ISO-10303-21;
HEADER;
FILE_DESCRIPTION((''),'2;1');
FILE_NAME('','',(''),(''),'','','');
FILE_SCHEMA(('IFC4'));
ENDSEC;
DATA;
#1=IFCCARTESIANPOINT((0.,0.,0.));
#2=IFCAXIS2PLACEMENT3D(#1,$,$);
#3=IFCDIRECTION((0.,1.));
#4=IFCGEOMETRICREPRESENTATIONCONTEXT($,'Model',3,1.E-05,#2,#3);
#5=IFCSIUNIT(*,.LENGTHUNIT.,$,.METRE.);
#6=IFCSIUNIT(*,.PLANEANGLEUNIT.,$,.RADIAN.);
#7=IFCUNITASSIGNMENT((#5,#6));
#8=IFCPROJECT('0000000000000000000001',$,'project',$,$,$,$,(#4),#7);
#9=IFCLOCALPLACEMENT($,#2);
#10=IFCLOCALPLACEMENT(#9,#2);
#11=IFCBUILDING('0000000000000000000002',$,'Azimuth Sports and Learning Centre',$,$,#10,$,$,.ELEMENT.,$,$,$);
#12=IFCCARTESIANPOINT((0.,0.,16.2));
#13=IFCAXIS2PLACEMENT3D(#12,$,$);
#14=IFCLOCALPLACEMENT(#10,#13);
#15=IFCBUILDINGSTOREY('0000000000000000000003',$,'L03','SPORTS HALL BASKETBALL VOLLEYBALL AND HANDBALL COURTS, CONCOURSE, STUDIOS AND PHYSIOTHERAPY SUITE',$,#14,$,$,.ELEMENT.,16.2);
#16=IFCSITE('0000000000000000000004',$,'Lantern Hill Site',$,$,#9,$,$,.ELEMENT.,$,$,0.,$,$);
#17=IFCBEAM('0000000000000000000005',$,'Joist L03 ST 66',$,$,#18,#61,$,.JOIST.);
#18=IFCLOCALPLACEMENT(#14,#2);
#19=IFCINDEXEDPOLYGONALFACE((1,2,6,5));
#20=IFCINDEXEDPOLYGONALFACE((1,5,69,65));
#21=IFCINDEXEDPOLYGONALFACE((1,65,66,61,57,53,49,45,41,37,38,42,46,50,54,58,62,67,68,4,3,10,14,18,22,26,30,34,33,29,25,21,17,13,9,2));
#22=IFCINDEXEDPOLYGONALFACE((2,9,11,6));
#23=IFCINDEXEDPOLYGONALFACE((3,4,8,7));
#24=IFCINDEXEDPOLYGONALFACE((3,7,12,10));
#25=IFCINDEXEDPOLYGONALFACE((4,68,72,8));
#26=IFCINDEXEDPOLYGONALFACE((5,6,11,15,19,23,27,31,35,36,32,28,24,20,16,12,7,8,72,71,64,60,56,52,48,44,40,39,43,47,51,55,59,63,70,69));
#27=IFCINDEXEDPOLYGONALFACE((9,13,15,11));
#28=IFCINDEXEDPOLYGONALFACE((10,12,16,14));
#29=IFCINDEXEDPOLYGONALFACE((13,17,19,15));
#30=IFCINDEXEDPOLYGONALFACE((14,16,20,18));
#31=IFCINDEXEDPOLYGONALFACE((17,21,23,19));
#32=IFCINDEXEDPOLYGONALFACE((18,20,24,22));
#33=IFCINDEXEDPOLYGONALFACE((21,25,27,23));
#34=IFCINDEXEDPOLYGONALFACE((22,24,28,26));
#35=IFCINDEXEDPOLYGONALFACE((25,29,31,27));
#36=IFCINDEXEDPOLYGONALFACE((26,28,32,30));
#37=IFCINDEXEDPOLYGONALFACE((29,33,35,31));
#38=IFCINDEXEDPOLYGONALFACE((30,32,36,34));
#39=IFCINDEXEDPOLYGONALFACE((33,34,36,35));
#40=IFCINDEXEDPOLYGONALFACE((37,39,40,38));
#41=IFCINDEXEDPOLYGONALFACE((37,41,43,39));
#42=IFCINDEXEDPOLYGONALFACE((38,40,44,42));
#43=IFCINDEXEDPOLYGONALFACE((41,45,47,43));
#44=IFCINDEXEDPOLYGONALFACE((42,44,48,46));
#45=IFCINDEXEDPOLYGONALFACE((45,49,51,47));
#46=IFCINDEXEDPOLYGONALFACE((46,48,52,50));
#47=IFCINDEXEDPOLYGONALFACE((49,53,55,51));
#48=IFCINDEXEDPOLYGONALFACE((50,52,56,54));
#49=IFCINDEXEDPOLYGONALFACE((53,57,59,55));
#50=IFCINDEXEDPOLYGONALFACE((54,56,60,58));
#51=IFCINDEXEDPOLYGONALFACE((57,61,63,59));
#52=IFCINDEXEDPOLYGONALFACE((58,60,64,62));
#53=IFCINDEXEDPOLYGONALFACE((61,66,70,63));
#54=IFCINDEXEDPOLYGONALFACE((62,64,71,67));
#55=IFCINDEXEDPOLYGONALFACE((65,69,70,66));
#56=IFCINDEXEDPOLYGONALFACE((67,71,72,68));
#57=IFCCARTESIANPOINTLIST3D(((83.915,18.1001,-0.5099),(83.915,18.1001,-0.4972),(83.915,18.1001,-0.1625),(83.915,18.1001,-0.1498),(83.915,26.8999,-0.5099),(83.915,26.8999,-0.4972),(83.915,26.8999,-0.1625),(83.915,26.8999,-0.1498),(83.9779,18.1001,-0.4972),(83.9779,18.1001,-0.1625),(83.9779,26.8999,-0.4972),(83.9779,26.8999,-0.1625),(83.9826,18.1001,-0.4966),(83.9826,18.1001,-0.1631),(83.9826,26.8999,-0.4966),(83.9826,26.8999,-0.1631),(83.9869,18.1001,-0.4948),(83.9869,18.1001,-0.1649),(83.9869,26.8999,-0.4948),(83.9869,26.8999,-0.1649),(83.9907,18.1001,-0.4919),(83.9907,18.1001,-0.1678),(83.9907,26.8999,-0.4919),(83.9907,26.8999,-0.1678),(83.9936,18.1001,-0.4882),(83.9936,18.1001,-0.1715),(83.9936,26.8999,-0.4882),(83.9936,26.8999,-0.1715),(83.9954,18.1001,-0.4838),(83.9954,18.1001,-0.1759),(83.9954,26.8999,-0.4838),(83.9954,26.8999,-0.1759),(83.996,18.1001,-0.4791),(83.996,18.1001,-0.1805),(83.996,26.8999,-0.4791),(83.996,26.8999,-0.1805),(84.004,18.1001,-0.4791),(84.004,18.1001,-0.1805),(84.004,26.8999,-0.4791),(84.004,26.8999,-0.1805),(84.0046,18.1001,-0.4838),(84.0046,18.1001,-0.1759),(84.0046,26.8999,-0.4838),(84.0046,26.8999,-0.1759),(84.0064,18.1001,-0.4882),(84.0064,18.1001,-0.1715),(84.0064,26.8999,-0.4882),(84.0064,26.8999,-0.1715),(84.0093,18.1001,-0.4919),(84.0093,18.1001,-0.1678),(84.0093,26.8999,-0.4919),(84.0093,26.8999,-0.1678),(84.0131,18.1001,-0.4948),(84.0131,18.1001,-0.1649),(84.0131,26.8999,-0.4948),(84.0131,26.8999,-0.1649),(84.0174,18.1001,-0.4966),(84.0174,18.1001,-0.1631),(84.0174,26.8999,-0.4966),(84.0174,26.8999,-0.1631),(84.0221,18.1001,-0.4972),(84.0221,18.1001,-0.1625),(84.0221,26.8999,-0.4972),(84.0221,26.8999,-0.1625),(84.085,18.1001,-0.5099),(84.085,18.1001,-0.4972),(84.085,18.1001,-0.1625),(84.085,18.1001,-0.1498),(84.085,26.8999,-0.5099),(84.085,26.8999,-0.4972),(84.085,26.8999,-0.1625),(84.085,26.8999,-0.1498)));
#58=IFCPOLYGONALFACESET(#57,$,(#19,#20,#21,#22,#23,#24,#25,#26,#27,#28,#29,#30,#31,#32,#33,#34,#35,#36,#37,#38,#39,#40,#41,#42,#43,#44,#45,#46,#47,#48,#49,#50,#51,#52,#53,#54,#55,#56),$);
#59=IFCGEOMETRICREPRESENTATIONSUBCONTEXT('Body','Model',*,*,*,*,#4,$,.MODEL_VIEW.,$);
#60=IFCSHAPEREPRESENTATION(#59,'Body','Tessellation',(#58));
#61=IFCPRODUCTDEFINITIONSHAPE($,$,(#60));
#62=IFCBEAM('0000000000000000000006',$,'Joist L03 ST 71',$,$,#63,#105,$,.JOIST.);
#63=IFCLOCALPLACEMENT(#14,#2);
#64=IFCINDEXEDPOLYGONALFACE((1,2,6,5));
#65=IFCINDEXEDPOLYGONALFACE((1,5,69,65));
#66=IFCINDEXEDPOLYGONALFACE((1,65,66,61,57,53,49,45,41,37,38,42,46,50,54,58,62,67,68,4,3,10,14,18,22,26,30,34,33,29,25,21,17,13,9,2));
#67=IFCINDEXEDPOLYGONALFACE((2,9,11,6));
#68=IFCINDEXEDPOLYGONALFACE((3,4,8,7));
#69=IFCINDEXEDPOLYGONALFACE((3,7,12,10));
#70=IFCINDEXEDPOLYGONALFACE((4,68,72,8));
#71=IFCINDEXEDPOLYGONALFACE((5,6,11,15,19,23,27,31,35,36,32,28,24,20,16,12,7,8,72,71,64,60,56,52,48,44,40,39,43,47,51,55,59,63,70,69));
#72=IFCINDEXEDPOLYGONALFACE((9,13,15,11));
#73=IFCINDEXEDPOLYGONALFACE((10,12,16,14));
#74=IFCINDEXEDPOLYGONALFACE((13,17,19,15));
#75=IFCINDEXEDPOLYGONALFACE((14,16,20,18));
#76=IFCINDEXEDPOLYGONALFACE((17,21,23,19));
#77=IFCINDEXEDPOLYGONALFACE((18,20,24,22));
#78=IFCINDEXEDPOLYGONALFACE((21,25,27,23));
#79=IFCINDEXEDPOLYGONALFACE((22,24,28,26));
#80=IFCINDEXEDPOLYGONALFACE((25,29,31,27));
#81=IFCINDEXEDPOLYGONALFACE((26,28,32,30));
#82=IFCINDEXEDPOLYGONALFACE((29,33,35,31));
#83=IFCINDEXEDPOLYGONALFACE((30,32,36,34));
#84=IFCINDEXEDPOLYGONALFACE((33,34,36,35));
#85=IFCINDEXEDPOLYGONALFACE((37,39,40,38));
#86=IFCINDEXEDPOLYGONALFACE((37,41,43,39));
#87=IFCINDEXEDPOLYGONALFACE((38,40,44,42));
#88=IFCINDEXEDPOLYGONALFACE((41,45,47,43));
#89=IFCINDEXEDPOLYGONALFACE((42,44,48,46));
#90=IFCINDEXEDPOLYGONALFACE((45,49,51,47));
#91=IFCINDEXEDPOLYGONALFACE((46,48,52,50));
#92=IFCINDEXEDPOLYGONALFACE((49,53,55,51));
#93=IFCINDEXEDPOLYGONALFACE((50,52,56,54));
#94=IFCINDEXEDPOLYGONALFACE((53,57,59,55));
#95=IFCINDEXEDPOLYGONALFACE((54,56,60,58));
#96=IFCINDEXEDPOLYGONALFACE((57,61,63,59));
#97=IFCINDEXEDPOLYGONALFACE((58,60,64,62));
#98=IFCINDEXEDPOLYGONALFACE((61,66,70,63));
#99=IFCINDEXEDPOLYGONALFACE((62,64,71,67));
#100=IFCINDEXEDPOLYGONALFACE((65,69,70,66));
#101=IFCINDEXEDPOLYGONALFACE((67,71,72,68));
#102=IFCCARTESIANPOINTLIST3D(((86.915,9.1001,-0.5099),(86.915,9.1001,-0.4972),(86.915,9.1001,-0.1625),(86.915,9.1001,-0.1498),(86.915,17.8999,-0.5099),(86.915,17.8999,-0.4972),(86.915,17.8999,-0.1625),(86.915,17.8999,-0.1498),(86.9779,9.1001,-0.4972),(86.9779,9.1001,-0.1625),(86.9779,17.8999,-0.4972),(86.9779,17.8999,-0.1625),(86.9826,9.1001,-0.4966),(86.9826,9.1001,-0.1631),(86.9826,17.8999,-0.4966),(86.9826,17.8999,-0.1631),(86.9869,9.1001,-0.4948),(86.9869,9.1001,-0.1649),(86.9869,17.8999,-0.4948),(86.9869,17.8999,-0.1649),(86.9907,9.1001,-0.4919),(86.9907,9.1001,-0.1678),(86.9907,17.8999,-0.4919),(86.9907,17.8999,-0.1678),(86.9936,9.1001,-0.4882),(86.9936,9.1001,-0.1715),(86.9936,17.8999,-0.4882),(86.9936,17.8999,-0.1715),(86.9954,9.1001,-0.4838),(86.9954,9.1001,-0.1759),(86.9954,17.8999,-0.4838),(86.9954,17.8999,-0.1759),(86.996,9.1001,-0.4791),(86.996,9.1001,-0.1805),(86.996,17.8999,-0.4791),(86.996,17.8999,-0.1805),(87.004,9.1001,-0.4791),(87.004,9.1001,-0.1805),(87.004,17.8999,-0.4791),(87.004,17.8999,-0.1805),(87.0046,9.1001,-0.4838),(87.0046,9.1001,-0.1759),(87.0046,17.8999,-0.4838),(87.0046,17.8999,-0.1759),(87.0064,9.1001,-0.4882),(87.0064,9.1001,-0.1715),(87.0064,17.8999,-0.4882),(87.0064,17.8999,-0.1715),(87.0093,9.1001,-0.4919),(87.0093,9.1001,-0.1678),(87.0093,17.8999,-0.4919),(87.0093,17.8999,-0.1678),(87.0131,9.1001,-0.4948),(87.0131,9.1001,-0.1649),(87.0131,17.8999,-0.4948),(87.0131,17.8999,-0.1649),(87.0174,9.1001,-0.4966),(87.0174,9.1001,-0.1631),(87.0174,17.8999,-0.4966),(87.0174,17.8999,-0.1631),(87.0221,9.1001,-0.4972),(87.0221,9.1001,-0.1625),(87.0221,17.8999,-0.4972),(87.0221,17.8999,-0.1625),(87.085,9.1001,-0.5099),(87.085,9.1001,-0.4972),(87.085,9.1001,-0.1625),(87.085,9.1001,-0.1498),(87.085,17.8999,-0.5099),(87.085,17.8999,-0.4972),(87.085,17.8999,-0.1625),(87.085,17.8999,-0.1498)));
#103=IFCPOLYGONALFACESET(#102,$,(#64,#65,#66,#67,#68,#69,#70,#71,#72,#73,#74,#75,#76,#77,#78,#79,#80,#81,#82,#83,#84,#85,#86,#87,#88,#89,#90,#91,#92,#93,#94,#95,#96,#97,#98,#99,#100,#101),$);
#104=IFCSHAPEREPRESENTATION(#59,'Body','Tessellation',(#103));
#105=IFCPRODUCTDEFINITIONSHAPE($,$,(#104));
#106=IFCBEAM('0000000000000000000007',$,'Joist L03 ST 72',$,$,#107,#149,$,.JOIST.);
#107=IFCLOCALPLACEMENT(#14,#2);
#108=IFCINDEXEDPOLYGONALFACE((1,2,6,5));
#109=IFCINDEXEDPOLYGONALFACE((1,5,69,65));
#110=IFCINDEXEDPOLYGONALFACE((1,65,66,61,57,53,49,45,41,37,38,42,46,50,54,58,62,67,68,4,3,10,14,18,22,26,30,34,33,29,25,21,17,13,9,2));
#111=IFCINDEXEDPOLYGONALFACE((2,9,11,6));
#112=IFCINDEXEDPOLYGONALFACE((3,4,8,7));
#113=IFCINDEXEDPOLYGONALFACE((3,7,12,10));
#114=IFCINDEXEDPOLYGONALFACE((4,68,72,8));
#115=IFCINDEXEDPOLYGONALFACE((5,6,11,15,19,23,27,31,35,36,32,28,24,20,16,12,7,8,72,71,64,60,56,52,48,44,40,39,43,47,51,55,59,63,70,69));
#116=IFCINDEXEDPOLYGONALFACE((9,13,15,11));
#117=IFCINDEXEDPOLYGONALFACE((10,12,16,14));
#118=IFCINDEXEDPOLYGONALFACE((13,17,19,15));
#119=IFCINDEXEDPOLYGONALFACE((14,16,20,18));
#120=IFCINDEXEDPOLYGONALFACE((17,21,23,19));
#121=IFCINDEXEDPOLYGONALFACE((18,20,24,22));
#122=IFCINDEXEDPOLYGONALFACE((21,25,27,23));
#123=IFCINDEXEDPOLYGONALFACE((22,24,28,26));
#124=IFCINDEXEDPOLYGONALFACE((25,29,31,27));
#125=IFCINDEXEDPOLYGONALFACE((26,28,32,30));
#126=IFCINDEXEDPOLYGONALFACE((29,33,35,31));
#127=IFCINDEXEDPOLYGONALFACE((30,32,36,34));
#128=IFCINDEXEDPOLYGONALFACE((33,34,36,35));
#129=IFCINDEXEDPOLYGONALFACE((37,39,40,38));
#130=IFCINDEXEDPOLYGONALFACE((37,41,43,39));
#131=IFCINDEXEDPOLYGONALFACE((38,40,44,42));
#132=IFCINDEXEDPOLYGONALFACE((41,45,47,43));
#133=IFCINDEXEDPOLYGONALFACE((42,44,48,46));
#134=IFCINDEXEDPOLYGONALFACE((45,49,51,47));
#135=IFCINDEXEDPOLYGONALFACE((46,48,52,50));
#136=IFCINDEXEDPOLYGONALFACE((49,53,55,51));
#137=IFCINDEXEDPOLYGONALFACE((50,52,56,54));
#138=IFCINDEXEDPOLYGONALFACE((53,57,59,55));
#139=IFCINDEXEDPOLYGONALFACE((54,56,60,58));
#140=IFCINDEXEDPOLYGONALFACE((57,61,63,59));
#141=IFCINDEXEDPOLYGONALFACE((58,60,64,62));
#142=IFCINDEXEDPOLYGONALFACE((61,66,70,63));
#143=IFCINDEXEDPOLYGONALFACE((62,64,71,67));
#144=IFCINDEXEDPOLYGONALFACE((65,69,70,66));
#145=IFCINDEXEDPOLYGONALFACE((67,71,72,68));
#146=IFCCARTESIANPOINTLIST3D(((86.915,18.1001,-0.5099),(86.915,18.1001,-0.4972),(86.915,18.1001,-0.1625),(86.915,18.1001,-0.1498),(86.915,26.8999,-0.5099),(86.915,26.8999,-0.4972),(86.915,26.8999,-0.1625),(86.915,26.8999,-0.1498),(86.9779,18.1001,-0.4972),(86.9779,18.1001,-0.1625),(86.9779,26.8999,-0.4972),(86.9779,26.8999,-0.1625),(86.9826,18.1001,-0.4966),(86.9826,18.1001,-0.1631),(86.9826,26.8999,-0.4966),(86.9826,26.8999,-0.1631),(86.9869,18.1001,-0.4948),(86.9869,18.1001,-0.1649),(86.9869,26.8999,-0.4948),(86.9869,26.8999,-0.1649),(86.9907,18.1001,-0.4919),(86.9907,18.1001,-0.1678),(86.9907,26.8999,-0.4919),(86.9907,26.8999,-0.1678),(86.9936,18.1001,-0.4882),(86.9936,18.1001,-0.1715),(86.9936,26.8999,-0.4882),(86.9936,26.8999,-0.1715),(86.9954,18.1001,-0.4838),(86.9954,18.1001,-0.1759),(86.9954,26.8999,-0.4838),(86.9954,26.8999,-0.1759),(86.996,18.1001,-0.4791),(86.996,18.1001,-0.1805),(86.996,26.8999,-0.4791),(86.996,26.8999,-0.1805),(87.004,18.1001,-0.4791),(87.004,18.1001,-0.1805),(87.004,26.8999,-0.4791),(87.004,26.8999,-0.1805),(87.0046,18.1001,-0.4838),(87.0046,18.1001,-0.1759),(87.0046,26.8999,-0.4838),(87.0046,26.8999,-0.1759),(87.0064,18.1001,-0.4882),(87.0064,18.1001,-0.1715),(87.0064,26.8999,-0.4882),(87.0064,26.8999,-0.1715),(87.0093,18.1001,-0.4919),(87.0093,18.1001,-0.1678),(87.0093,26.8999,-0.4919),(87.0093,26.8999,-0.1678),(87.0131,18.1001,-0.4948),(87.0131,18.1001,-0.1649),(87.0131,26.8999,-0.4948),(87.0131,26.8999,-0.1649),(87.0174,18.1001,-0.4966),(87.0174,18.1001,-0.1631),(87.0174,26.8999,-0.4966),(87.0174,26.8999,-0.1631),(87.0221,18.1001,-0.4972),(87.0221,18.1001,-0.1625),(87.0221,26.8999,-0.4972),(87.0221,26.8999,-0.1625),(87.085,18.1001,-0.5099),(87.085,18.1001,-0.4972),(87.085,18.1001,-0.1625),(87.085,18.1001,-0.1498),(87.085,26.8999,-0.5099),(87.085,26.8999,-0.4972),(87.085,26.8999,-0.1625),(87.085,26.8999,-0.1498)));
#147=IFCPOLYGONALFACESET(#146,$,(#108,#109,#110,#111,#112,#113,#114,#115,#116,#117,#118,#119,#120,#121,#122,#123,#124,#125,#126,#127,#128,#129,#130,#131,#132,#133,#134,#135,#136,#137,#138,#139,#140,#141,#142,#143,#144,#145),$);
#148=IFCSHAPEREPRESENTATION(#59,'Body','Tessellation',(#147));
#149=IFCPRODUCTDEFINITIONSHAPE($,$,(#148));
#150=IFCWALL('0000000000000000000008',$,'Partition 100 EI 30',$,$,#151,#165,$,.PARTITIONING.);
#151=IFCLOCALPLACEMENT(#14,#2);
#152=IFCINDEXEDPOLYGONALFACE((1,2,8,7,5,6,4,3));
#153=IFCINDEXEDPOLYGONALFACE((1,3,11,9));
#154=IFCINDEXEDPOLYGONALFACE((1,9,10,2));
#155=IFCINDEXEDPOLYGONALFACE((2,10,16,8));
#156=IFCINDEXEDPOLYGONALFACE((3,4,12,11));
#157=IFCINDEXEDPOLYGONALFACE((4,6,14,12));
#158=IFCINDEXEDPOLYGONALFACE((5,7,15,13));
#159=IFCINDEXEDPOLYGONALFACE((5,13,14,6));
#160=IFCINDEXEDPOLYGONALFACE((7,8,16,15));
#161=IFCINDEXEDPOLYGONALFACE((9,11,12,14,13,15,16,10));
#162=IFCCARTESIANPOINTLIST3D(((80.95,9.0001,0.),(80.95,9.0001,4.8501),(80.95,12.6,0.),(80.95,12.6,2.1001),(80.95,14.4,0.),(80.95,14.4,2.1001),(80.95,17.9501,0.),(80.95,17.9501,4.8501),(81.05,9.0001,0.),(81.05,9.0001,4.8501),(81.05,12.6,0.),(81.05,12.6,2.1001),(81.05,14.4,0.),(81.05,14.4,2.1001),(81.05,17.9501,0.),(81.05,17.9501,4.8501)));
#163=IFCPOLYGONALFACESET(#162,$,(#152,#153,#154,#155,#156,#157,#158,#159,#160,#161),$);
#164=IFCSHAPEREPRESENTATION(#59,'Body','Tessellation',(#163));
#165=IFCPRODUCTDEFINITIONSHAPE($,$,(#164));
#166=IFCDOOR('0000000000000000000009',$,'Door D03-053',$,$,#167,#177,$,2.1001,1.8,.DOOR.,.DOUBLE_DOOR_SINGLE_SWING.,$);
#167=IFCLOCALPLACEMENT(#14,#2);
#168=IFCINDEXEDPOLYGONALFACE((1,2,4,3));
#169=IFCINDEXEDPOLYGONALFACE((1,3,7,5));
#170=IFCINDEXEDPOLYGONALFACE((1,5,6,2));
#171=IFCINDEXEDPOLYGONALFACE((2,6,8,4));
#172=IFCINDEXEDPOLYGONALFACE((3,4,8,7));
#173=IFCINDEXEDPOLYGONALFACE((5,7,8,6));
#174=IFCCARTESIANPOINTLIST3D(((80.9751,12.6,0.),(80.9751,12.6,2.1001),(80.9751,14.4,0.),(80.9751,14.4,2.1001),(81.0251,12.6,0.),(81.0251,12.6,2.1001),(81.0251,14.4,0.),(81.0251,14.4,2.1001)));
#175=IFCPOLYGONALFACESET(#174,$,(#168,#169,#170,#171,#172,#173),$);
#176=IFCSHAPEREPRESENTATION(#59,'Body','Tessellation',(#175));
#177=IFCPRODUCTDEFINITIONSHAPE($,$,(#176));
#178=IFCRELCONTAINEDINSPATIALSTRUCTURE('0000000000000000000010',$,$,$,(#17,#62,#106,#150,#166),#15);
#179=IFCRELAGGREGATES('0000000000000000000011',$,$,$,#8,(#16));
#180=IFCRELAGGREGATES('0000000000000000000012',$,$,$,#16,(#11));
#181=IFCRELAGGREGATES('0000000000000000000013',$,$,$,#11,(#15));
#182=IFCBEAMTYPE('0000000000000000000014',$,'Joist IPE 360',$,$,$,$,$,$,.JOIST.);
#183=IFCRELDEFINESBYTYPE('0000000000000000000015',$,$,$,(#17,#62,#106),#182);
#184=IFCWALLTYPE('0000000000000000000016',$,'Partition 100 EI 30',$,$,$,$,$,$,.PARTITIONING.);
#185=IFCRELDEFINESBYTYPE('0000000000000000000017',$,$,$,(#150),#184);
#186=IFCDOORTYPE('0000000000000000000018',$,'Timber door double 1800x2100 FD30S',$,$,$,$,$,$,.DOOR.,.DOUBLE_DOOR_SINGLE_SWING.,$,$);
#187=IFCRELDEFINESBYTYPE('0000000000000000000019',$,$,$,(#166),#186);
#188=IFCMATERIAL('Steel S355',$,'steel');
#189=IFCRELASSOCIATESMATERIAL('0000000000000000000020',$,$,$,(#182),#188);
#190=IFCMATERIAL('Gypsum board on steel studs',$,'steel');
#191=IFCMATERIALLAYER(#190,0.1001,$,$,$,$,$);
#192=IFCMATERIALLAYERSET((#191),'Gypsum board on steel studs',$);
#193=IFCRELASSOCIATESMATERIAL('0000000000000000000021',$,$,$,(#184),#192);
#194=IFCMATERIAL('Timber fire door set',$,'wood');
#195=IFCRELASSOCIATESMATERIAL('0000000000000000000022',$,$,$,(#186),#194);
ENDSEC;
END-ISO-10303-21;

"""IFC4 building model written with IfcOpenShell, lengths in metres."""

from ifc_helpers import new_model, si_unit, direction, frame, frame_2d, origin, origin_2d, place, context, subcontext, project, spatial, rectangle, i_section, extrude, material, layer, layer_set, material_profile, profile_set, type_object, element, fill, save


model = new_model("IFC4")

# Units and contexts
model_context = context("Model", 3, precision=1e-05, world=origin(), true_north=direction((0.0, 1.0)))
body_context = subcontext(model_context, "Body", "Model", "MODEL_VIEW")
ifc_project = project(units=[si_unit("LENGTHUNIT", "METRE"), si_unit("PLANEANGLEUNIT", "RADIAN")], contexts=[model_context])

# Site, building, storey
site_placement = place(None, origin())
site = spatial("IfcSite", under=ifc_project, at=site_placement, Name="Lantern Hill Site", CompositionType="ELEMENT", RefElevation=0.0)
building_placement = place(site_placement, origin())
building = spatial("IfcBuilding", under=site, at=building_placement, Name="Azimuth Sports and Learning Centre", CompositionType="ELEMENT")
storey_placement = place(building_placement, frame((0.0, 0.0, 16.2)))
storey = spatial("IfcBuildingStorey", under=building, at=storey_placement, Name="L03", Description="SPORTS HALL BASKETBALL VOLLEYBALL AND HANDBALL COURTS, CONCOURSE, STUDIOS AND PHYSIOTHERAPY SUITE", CompositionType="ELEMENT", Elevation=16.2)

# Beams
ifc_material_1 = material(Name="Steel S355", Category="steel")
ifc_material_profile_1 = material_profile(ifc_material_1, i_section(OverallWidth=0.1699, OverallDepth=0.3601, WebThickness=0.0081, FlangeThickness=0.0127, FilletRadius=0.0181, at=origin_2d()), Name="IPE 360")
ifc_profile_set_1 = profile_set([ifc_material_profile_1], Name="Steel S355")
beam_type_1 = type_object("IfcBeamType", Name="Joist IPE 360", PredefinedType="JOIST", material=ifc_profile_set_1)
for number, where, z_axis, x_axis, name in (
    (1, (84.0, 18.1001, -0.3298), (0.0, 1.0, 0.0), (-1.0, 0.0, 0.0), "Joist L03 ST 66"),
    (2, (87.0, 9.1001, -0.3298), (0.0, 1.0, 0.0), (-1.0, 0.0, 0.0), "Joist L03 ST 71"),
    (3, (87.0, 18.1001, -0.3298), (0.0, 1.0, 0.0), (-1.0, 0.0, 0.0), "Joist L03 ST 72"),
):
    element("IfcBeam", number, at=place(storey_placement, frame(where, z_axis=z_axis, x_axis=x_axis)), inside=storey, type_object=beam_type_1, Name=name, PredefinedType="JOIST", context=body_context, shape_type="SweptSolid", body=[
        extrude(i_section(OverallWidth=0.1699, OverallDepth=0.3601, WebThickness=0.0081, FlangeThickness=0.0127, FilletRadius=0.0181, at=origin_2d()), origin(), (0.0, 0.0, 1.0), 8.7998),
    ])

# Wall, opening, door
ifc_material_2 = material(Name="Gypsum board on steel studs", Category="steel")
ifc_layer_1 = layer(ifc_material_2, 0.1001)
ifc_layer_set_1 = layer_set([ifc_layer_1], Name="Gypsum board on steel studs")
wall_type_1 = type_object("IfcWallType", Name="Partition 100 EI 30", PredefinedType="PARTITIONING", material=ifc_layer_set_1)
wall_1_placement = place(storey_placement, frame((81.0, 9.0, 0.0), z_axis=(0.0, 0.0, 1.0), x_axis=(0.0, 1.0, 0.0)))
wall_1 = element("IfcWall", 4, at=wall_1_placement, inside=storey, type_object=wall_type_1, Name="Partition 100 EI 30", PredefinedType="PARTITIONING", context=body_context, shape_type="SweptSolid", body=[
    extrude(rectangle(XDim=8.95, YDim=0.1001, at=frame_2d((4.4751, 0.0))), origin(), (0.0, 0.0, 1.0), 4.8501),
])
opening_1_placement = place(wall_1_placement, frame((3.6001, 0.0, 0.0)))
opening_1 = element("IfcOpeningElement", 5, at=opening_1_placement, cuts=wall_1, PredefinedType="OPENING", context=body_context, shape_type="SweptSolid", body=[
    extrude(rectangle(XDim=1.8, YDim=2.1001, at=frame_2d((0.8999, 1.05))), frame((0.0, 0.061, 0.0), z_axis=(0.0, -1.0, 0.0), x_axis=(1.0, 0.0, 0.0)), (0.0, 0.0, 1.0), 0.1221),
])
ifc_material_3 = material(Name="Timber fire door set", Category="wood")
door_type_1 = type_object("IfcDoorType", Name="Timber door double 1800x2100 FD30S", OperationType="DOUBLE_DOOR_SINGLE_SWING", PredefinedType="DOOR", material=ifc_material_3)
door_1_placement = place(opening_1_placement, origin())
door_1 = element("IfcDoor", 6, at=door_1_placement, inside=storey, type_object=door_type_1, Name="Door D03-053", OperationType="DOUBLE_DOOR_SINGLE_SWING", OverallHeight=2.1001, OverallWidth=1.8, PredefinedType="DOOR", context=body_context, shape_type="SweptSolid", body=[
    extrude(rectangle(XDim=1.8, YDim=2.1001, at=frame_2d((0.8999, 1.05))), frame((0.0, 0.0249, 0.0), z_axis=(0.0, -1.0, 0.0), x_axis=(1.0, 0.0, 0.0)), (0.0, 0.0, 1.0), 0.05),
])
fill(opening_1, door_1)

save(model, "model.ifc")
